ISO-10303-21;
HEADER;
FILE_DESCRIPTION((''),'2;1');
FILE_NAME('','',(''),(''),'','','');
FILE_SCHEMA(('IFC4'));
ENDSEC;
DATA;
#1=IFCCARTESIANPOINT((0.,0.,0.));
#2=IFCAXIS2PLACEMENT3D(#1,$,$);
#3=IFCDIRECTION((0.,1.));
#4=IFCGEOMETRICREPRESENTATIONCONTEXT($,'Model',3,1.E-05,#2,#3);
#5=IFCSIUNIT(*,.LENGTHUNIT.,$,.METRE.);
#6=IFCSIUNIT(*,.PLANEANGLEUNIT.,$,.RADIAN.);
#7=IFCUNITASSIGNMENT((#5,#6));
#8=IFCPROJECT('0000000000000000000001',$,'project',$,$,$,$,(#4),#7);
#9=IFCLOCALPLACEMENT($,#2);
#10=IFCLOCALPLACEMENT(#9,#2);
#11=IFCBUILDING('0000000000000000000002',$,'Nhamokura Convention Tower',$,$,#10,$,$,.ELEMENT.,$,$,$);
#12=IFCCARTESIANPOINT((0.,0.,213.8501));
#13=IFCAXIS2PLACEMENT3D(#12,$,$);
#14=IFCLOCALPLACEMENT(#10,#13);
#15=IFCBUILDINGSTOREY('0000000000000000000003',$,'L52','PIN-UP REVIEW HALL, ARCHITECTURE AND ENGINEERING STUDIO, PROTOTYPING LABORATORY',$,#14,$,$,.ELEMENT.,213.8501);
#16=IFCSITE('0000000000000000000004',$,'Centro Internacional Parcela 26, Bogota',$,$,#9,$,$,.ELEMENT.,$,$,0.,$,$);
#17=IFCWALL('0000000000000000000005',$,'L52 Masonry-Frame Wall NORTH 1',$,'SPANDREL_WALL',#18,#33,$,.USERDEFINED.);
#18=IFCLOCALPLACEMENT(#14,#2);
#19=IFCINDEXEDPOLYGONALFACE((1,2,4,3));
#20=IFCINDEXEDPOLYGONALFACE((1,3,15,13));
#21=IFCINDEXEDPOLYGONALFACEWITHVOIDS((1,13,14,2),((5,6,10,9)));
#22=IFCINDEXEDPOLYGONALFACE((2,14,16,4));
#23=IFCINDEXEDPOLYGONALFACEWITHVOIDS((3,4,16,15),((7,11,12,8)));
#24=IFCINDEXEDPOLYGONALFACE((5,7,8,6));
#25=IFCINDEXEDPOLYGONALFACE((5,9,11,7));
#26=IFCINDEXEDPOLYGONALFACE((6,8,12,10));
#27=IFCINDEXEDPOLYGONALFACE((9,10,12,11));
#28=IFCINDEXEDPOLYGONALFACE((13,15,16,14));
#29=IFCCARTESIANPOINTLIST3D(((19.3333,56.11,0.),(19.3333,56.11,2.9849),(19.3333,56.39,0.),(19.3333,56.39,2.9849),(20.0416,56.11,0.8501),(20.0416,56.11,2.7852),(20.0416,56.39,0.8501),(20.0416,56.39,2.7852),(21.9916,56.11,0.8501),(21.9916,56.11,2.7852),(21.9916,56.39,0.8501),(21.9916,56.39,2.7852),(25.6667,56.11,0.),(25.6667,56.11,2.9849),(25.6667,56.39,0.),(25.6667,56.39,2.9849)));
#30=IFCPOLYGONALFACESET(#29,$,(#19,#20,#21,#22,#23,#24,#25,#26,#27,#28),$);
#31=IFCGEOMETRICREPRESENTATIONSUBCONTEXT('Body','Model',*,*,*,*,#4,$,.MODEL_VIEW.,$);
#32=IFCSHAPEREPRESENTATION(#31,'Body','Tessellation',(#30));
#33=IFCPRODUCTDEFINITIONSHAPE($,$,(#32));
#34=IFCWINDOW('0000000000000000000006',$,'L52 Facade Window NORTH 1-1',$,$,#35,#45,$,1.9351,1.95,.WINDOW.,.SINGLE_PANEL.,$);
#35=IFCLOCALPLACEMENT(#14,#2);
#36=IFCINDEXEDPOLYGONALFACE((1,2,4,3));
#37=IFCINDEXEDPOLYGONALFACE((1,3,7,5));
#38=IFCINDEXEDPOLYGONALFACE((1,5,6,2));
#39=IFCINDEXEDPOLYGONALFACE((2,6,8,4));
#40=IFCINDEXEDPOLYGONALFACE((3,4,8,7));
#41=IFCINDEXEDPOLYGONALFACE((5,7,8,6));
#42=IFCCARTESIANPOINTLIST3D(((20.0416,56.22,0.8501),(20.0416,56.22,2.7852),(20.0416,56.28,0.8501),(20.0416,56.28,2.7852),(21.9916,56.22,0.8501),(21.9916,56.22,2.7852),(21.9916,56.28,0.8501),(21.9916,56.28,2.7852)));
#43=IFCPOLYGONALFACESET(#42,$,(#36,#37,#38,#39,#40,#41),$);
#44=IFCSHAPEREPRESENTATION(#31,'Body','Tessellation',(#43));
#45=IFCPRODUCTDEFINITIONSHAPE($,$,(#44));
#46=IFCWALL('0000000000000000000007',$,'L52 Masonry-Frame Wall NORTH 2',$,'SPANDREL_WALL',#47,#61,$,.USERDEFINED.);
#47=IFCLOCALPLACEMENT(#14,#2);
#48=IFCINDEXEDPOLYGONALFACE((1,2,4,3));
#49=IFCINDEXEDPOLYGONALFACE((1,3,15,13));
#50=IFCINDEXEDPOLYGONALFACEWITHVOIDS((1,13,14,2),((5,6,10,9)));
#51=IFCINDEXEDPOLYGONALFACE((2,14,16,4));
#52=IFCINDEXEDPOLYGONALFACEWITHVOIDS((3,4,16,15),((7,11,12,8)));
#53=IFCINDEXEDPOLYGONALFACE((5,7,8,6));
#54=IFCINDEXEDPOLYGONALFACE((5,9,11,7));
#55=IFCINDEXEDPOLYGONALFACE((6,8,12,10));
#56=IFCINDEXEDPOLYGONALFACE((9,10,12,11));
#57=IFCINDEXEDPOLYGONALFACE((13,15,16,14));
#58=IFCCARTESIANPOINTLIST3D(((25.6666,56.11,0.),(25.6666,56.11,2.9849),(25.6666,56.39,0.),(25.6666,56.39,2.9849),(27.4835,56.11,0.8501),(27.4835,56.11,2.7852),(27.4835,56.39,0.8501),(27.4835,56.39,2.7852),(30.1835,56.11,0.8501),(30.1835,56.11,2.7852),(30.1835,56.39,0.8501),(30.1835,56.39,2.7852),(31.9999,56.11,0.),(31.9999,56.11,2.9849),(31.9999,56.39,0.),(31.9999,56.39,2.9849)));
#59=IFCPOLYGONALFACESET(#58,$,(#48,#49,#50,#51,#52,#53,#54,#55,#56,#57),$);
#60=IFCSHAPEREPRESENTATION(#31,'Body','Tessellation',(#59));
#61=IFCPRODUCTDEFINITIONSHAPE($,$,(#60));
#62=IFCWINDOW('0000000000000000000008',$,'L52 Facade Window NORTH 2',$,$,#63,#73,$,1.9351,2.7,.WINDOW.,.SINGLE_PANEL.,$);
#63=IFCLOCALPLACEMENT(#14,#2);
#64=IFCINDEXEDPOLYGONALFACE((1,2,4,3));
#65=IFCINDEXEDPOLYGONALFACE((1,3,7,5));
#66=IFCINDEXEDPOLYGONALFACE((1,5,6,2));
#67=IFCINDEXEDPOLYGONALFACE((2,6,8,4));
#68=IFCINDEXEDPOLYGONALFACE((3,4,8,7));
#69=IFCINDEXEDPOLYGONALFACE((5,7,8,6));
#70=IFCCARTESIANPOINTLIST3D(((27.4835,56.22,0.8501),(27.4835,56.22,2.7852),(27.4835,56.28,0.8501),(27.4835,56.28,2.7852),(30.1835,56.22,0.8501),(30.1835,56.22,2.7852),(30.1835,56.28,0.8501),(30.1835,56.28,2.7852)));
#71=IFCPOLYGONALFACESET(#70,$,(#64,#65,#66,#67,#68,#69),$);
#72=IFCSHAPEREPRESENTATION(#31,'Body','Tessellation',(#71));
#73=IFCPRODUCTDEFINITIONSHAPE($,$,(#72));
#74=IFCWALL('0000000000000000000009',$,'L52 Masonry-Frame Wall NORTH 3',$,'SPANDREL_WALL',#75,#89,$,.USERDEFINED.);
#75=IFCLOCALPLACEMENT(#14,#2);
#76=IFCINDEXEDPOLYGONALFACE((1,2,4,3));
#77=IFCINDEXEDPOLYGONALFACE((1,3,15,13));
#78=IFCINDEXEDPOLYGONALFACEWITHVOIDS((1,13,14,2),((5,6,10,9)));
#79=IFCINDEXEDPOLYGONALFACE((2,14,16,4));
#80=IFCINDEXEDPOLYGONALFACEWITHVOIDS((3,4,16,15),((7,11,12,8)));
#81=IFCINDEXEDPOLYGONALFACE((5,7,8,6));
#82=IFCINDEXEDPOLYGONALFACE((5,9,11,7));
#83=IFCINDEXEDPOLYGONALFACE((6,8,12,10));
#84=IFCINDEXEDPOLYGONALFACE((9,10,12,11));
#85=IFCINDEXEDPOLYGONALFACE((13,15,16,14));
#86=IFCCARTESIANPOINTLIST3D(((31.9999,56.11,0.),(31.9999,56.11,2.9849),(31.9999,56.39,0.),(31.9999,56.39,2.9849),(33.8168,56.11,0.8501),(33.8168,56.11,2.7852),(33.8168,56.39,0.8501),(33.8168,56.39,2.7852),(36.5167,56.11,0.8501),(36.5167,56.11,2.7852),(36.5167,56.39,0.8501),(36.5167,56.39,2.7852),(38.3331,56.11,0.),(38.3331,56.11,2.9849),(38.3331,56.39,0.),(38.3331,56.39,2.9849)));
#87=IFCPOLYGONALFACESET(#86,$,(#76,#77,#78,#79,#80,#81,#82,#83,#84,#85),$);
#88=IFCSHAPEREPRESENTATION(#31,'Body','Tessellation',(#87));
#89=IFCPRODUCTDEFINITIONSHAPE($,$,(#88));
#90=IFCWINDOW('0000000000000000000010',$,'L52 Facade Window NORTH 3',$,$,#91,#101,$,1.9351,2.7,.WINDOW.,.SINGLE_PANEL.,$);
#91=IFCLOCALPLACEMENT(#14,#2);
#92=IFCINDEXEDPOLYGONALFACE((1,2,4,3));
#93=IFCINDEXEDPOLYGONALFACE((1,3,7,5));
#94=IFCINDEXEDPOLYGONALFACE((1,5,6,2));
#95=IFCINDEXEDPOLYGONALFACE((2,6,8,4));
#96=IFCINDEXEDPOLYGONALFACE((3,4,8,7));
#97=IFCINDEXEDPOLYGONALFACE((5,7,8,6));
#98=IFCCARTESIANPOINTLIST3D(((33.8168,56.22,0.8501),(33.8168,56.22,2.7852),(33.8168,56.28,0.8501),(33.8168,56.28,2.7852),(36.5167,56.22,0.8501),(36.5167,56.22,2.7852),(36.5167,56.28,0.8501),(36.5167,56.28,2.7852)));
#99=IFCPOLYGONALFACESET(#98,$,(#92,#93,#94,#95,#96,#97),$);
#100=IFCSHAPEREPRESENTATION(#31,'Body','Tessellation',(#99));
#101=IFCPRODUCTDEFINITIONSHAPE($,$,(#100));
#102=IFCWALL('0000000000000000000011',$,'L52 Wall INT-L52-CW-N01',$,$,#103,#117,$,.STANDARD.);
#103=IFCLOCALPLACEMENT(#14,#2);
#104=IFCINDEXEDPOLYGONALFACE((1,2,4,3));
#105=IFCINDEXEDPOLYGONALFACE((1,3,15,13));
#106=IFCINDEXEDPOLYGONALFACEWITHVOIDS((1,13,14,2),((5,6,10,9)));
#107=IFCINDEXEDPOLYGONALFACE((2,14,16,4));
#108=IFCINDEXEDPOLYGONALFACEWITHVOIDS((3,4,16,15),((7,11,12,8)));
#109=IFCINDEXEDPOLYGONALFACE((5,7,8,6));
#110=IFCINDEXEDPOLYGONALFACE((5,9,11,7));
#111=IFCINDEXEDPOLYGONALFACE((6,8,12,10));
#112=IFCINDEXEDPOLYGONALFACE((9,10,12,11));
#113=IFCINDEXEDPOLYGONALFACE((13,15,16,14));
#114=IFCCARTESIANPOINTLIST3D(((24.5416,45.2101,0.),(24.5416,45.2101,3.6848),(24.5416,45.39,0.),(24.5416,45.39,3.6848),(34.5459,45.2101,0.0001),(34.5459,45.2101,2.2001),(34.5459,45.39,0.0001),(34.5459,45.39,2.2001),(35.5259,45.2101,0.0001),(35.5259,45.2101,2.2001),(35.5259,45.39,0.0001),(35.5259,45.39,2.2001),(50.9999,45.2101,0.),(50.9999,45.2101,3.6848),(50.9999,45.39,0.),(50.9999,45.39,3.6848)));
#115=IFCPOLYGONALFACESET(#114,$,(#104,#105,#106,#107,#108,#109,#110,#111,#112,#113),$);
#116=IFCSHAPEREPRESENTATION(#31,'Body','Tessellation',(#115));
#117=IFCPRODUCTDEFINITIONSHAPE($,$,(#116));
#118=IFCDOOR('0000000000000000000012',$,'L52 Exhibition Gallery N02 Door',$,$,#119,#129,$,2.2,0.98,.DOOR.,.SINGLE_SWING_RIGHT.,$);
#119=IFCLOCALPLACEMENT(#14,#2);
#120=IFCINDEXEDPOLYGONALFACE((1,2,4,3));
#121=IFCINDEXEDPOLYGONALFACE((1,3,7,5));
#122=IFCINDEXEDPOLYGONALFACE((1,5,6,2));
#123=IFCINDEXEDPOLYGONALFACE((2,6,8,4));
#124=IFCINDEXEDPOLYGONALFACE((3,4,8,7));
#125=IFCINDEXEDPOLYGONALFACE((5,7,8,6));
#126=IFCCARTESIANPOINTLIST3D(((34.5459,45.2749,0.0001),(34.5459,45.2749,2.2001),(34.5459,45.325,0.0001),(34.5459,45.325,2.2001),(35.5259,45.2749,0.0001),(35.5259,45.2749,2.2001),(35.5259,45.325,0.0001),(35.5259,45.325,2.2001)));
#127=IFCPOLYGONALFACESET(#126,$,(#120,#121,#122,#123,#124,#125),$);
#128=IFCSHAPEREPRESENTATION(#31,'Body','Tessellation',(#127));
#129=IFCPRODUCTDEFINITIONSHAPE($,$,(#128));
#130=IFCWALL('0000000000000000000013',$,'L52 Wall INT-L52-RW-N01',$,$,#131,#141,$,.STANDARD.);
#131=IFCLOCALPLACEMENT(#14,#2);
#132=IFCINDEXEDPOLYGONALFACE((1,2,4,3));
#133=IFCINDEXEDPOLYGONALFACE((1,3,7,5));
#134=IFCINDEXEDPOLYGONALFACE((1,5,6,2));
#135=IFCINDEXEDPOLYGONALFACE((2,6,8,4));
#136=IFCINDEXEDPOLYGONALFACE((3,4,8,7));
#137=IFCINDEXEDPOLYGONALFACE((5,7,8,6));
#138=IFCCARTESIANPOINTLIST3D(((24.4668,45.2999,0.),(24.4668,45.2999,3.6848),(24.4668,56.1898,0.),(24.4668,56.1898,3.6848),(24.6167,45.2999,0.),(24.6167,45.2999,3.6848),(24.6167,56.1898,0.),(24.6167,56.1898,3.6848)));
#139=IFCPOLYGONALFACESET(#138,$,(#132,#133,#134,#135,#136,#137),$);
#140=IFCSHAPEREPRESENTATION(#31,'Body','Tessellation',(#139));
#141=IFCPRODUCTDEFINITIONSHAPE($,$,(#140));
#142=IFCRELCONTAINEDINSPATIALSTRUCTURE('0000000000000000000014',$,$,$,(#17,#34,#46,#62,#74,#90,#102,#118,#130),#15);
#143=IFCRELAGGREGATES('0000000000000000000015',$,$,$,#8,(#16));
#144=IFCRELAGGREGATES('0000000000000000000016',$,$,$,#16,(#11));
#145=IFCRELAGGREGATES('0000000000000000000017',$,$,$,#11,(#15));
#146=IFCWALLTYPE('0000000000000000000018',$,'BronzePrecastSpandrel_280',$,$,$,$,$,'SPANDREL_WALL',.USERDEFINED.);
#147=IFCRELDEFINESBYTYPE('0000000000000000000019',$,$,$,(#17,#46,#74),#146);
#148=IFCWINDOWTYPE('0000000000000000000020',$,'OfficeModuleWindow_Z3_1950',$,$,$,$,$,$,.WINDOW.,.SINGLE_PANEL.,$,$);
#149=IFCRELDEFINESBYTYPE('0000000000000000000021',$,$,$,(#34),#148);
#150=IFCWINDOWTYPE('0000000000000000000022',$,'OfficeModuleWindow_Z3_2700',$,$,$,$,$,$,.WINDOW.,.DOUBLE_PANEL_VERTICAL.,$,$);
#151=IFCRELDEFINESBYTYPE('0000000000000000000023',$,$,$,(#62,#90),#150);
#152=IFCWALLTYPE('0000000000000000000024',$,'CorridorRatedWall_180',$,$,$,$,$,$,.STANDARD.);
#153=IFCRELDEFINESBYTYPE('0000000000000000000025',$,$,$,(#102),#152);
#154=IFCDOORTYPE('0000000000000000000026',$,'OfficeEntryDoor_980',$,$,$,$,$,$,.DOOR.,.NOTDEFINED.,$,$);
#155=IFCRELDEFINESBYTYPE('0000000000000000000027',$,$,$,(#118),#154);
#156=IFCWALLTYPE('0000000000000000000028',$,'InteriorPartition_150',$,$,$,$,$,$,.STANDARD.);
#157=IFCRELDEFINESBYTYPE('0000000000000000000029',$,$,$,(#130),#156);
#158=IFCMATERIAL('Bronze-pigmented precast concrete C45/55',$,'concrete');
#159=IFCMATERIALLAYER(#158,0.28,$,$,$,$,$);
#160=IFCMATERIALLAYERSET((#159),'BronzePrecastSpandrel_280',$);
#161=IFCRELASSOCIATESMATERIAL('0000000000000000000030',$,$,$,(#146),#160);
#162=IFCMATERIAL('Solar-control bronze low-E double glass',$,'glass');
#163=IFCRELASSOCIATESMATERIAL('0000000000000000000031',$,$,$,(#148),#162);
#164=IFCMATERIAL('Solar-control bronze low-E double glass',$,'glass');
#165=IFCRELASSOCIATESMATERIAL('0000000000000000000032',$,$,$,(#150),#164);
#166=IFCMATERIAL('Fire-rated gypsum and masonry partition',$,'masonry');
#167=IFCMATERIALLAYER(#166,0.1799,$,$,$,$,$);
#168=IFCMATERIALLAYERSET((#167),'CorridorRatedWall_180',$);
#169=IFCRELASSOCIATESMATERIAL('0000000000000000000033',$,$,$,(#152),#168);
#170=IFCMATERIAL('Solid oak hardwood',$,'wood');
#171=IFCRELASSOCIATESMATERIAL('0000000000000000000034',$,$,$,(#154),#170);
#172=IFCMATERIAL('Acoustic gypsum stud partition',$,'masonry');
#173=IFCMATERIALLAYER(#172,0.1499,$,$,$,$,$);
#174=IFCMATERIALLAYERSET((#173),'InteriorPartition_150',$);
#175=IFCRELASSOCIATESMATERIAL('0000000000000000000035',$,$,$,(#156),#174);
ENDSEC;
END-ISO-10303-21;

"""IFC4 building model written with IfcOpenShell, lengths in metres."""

from ifc_helpers import new_model, si_unit, direction, frame, frame_2d, origin, place, context, subcontext, project, spatial, rectangle, extrude, material, layer, layer_set, type_object, element, fill, save


model = new_model("IFC4")

# Units and contexts
model_context = context("Model", 3, precision=1e-05, world=origin(), true_north=direction((0.0, 1.0)))
body_context = subcontext(model_context, "Body", "Model", "MODEL_VIEW")
ifc_project = project(units=[si_unit("LENGTHUNIT", "METRE"), si_unit("PLANEANGLEUNIT", "RADIAN")], contexts=[model_context])

# Site, building, storey
site_placement = place(None, origin())
site = spatial("IfcSite", under=ifc_project, at=site_placement, Name="Centro Internacional Parcela 26, Bogota", CompositionType="ELEMENT", RefElevation=0.0)
building_placement = place(site_placement, origin())
building = spatial("IfcBuilding", under=site, at=building_placement, Name="Nhamokura Convention Tower", CompositionType="ELEMENT")
storey_placement = place(building_placement, frame((0.0, 0.0, 213.8501)))
storey = spatial("IfcBuildingStorey", under=building, at=storey_placement, Name="L52", Description="PIN-UP REVIEW HALL, ARCHITECTURE AND ENGINEERING STUDIO, PROTOTYPING LABORATORY", CompositionType="ELEMENT", Elevation=213.8501)

# Walls, openings, windows
ifc_material_1 = material(Name="Bronze-pigmented precast concrete C45/55", Category="concrete")
ifc_layer_1 = layer(ifc_material_1, 0.28)
ifc_layer_set_1 = layer_set([ifc_layer_1], Name="BronzePrecastSpandrel_280")
wall_type_1 = type_object("IfcWallType", Name="BronzePrecastSpandrel_280", ElementType="SPANDREL_WALL", PredefinedType="USERDEFINED", material=ifc_layer_set_1)
wall_1_placement = place(storey_placement, frame((19.3333, 56.25, 0.0), z_axis=(0.0, 0.0, 1.0), x_axis=(1.0, 0.0, 0.0)))
wall_1 = element("IfcWall", 1, at=wall_1_placement, inside=storey, type_object=wall_type_1, Name="L52 Masonry-Frame Wall NORTH 1", ObjectType="SPANDREL_WALL", PredefinedType="USERDEFINED", context=body_context, shape_type="SweptSolid", body=[
    extrude(rectangle(XDim=6.3335, YDim=0.28, at=frame_2d((3.1667, 0.0))), origin(), (0.0, 0.0, 1.0), 2.9849),
])
opening_1_placement = place(wall_1_placement, frame((0.7083, 0.0, 0.8501)))
opening_1 = element("IfcOpeningElement", 2, at=opening_1_placement, cuts=wall_1, PredefinedType="OPENING", context=body_context, shape_type="SweptSolid", body=[
    extrude(rectangle(XDim=1.95, YDim=1.9351, at=frame_2d((0.9751, 0.9675))), frame((0.0, 0.1499, 0.0), z_axis=(0.0, -1.0, 0.0), x_axis=(1.0, 0.0, 0.0)), (0.0, 0.0, 1.0), 0.3),
])
ifc_material_2 = material(Name="Solar-control bronze low-E double glass", Category="glass")
window_type_1 = type_object("IfcWindowType", Name="OfficeModuleWindow_Z3_1950", PartitioningType="SINGLE_PANEL", PredefinedType="WINDOW", material=ifc_material_2)
window_1_placement = place(opening_1_placement, origin())
window_1 = element("IfcWindow", 3, at=window_1_placement, inside=storey, type_object=window_type_1, Name="L52 Facade Window NORTH 1-1", OverallHeight=1.9351, OverallWidth=1.95, PartitioningType="SINGLE_PANEL", PredefinedType="WINDOW", context=body_context, shape_type="SweptSolid", body=[
    extrude(rectangle(XDim=1.95, YDim=1.9351, at=frame_2d((0.9751, 0.9675))), frame((0.0, 0.03, 0.0), z_axis=(0.0, -1.0, 0.0), x_axis=(1.0, 0.0, 0.0)), (0.0, 0.0, 1.0), 0.0601),
])
fill(opening_1, window_1)
wall_2_placement = place(storey_placement, frame((25.6667, 56.25, 0.0), z_axis=(0.0, 0.0, 1.0), x_axis=(1.0, 0.0, 0.0)))
wall_2 = element("IfcWall", 4, at=wall_2_placement, inside=storey, type_object=wall_type_1, Name="L52 Masonry-Frame Wall NORTH 2", ObjectType="SPANDREL_WALL", PredefinedType="USERDEFINED", context=body_context, shape_type="SweptSolid", body=[
    extrude(rectangle(XDim=6.3333, YDim=0.28, at=frame_2d((3.1665, 0.0))), origin(), (0.0, 0.0, 1.0), 2.9849),
])
opening_2_placement = place(wall_2_placement, frame((1.8167, 0.0, 0.8501)))
opening_2 = element("IfcOpeningElement", 5, at=opening_2_placement, cuts=wall_2, PredefinedType="OPENING", context=body_context, shape_type="SweptSolid", body=[
    extrude(rectangle(XDim=2.7, YDim=1.9351, at=frame_2d((1.3501, 0.9675))), frame((0.0, 0.1499, 0.0), z_axis=(0.0, -1.0, 0.0), x_axis=(1.0, 0.0, 0.0)), (0.0, 0.0, 1.0), 0.3),
])
ifc_material_3 = material(Name="Solar-control bronze low-E double glass", Category="glass")
window_type_2 = type_object("IfcWindowType", Name="OfficeModuleWindow_Z3_2700", PartitioningType="DOUBLE_PANEL_VERTICAL", PredefinedType="WINDOW", material=ifc_material_3)
window_2_placement = place(opening_2_placement, origin())
window_2 = element("IfcWindow", 6, at=window_2_placement, inside=storey, type_object=window_type_2, Name="L52 Facade Window NORTH 2", OverallHeight=1.9351, OverallWidth=2.7, PartitioningType="SINGLE_PANEL", PredefinedType="WINDOW", context=body_context, shape_type="SweptSolid", body=[
    extrude(rectangle(XDim=2.7, YDim=1.9351, at=frame_2d((1.3501, 0.9675))), frame((0.0, 0.03, 0.0), z_axis=(0.0, -1.0, 0.0), x_axis=(1.0, 0.0, 0.0)), (0.0, 0.0, 1.0), 0.0601),
])
fill(opening_2, window_2)
wall_3_placement = place(storey_placement, frame((32.0, 56.25, 0.0), z_axis=(0.0, 0.0, 1.0), x_axis=(1.0, 0.0, 0.0)))
wall_3 = element("IfcWall", 7, at=wall_3_placement, inside=storey, type_object=wall_type_1, Name="L52 Masonry-Frame Wall NORTH 3", ObjectType="SPANDREL_WALL", PredefinedType="USERDEFINED", context=body_context, shape_type="SweptSolid", body=[
    extrude(rectangle(XDim=6.3333, YDim=0.28, at=frame_2d((3.1665, 0.0))), origin(), (0.0, 0.0, 1.0), 2.9849),
])
opening_3_placement = place(wall_3_placement, frame((1.8167, 0.0, 0.8501)))
opening_3 = element("IfcOpeningElement", 8, at=opening_3_placement, cuts=wall_3, PredefinedType="OPENING", context=body_context, shape_type="SweptSolid", body=[
    extrude(rectangle(XDim=2.7, YDim=1.9351, at=frame_2d((1.3501, 0.9675))), frame((0.0, 0.1499, 0.0), z_axis=(0.0, -1.0, 0.0), x_axis=(1.0, 0.0, 0.0)), (0.0, 0.0, 1.0), 0.3),
])
window_3_placement = place(opening_3_placement, origin())
window_3 = element("IfcWindow", 9, at=window_3_placement, inside=storey, type_object=window_type_2, Name="L52 Facade Window NORTH 3", OverallHeight=1.9351, OverallWidth=2.7, PartitioningType="SINGLE_PANEL", PredefinedType="WINDOW", context=body_context, shape_type="SweptSolid", body=[
    extrude(rectangle(XDim=2.7, YDim=1.9351, at=frame_2d((1.3501, 0.9675))), frame((0.0, 0.03, 0.0), z_axis=(0.0, -1.0, 0.0), x_axis=(1.0, 0.0, 0.0)), (0.0, 0.0, 1.0), 0.0601),
])
fill(opening_3, window_3)

# Wall, opening, door
ifc_material_4 = material(Name="Fire-rated gypsum and masonry partition", Category="masonry")
ifc_layer_2 = layer(ifc_material_4, 0.1799)
ifc_layer_set_2 = layer_set([ifc_layer_2], Name="CorridorRatedWall_180")
wall_type_2 = type_object("IfcWallType", Name="CorridorRatedWall_180", PredefinedType="STANDARD", material=ifc_layer_set_2)
wall_4_placement = place(storey_placement, frame((24.5417, 45.3, 0.0), z_axis=(0.0, 0.0, 1.0), x_axis=(1.0, 0.0, 0.0)))
wall_4 = element("IfcWall", 10, at=wall_4_placement, inside=storey, type_object=wall_type_2, Name="L52 Wall INT-L52-CW-N01", PredefinedType="STANDARD", context=body_context, shape_type="SweptSolid", body=[
    extrude(rectangle(XDim=26.4583, YDim=0.1799, at=frame_2d((13.229, 0.0))), origin(), (0.0, 0.0, 1.0), 3.6848),
])
opening_4_placement = place(wall_4_placement, frame((10.0042, 0.0, 0.0)))
opening_4 = element("IfcOpeningElement", 11, at=opening_4_placement, cuts=wall_4, PredefinedType="OPENING", context=body_context, shape_type="SweptSolid", body=[
    extrude(rectangle(XDim=0.98, YDim=2.2, at=frame_2d((0.49, 1.1001))), frame((0.0, 0.0999, 0.0), z_axis=(0.0, -1.0, 0.0), x_axis=(1.0, 0.0, 0.0)), (0.0, 0.0, 1.0), 0.2),
])
ifc_material_5 = material(Name="Solid oak hardwood", Category="wood")
door_type = type_object("IfcDoorType", Name="OfficeEntryDoor_980", OperationType="NOTDEFINED", PredefinedType="DOOR", material=ifc_material_5)
door_placement = place(opening_4_placement, origin())
door = element("IfcDoor", 12, at=door_placement, inside=storey, type_object=door_type, Name="L52 Exhibition Gallery N02 Door", OperationType="SINGLE_SWING_RIGHT", OverallHeight=2.2, OverallWidth=0.98, PredefinedType="DOOR", context=body_context, shape_type="SweptSolid", body=[
    extrude(rectangle(XDim=0.98, YDim=2.2, at=frame_2d((0.49, 1.1001))), frame((0.0, 0.0249, 0.0), z_axis=(0.0, -1.0, 0.0), x_axis=(1.0, 0.0, 0.0)), (0.0, 0.0, 1.0), 0.05),
])
fill(opening_4, door)

# Wall
ifc_material_6 = material(Name="Acoustic gypsum stud partition", Category="masonry")
ifc_layer_3 = layer(ifc_material_6, 0.1499)
ifc_layer_set_3 = layer_set([ifc_layer_3], Name="InteriorPartition_150")
wall_type_3 = type_object("IfcWallType", Name="InteriorPartition_150", PredefinedType="STANDARD", material=ifc_layer_set_3)
wall_5_placement = place(storey_placement, frame((24.5417, 45.3, 0.0), z_axis=(0.0, 0.0, 1.0), x_axis=(0.0, 1.0, 0.0)))
element("IfcWall", 13, at=wall_5_placement, inside=storey, type_object=wall_type_3, Name="L52 Wall INT-L52-RW-N01", PredefinedType="STANDARD", context=body_context, shape_type="SweptSolid", body=[
    extrude(rectangle(XDim=10.8899, YDim=0.1499, at=frame_2d((5.4448, 0.0))), origin(), (0.0, 0.0, 1.0), 3.6848),
])

save(model, "model.ifc")
